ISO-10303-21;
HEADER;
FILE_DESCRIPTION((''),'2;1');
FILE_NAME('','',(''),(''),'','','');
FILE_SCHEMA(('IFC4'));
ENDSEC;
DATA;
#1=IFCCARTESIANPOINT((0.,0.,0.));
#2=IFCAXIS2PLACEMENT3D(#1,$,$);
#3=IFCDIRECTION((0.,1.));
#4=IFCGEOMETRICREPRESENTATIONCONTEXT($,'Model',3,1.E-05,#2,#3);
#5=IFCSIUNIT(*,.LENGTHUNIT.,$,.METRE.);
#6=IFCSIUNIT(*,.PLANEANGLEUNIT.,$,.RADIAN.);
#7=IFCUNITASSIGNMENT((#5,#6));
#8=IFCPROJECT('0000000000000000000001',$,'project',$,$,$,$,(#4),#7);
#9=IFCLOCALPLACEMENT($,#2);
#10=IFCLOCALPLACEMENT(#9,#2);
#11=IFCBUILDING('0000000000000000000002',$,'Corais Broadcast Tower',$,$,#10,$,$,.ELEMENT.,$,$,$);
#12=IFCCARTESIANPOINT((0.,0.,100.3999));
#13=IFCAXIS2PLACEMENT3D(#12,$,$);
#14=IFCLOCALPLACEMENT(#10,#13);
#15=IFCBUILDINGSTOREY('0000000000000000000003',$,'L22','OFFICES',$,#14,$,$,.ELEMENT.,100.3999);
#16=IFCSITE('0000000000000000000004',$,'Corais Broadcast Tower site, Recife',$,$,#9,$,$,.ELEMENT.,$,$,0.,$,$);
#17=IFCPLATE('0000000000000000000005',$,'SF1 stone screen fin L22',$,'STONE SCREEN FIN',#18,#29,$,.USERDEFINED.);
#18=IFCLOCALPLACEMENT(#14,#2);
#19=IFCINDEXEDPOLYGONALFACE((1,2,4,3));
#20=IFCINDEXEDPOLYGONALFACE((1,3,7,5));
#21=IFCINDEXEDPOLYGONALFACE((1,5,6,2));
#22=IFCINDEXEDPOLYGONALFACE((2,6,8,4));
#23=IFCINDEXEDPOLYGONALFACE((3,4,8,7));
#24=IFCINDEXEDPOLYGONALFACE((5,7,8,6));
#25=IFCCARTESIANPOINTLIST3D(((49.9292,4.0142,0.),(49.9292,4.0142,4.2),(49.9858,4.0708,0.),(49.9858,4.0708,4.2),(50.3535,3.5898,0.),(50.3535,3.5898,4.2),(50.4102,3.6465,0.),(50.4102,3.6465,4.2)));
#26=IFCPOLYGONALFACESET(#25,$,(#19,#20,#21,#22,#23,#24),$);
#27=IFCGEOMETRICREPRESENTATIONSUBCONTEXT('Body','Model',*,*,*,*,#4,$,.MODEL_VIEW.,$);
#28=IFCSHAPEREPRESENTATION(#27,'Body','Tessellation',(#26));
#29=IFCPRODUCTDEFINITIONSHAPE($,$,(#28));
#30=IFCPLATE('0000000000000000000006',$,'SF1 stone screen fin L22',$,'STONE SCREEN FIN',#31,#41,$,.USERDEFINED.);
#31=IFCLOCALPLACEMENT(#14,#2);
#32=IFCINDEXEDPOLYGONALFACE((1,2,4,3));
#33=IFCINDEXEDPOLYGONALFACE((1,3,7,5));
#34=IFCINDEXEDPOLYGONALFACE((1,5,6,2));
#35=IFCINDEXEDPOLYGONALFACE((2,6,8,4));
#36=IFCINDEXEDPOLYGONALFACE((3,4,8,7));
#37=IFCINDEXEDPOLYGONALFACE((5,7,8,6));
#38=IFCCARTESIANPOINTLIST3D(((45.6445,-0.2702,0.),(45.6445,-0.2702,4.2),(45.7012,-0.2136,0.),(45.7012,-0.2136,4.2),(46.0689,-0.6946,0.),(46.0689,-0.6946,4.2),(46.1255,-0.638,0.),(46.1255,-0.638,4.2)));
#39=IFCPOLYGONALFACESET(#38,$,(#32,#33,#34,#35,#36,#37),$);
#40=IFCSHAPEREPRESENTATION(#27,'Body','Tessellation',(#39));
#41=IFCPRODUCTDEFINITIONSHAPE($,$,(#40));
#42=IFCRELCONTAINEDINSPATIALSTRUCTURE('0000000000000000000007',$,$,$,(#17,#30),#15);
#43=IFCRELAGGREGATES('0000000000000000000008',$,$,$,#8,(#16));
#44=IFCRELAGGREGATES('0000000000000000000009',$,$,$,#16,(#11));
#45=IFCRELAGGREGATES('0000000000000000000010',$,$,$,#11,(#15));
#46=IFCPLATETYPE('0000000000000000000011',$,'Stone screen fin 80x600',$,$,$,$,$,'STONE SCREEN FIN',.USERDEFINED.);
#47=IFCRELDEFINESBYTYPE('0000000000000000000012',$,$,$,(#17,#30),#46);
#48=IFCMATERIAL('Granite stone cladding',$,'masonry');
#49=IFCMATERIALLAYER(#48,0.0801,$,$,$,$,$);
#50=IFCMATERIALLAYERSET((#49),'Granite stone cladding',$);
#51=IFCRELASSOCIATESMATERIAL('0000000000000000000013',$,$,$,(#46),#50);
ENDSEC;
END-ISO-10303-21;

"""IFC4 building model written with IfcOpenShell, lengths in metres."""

from ifc_helpers import new_model, si_unit, direction, frame, origin, origin_2d, place, context, subcontext, project, spatial, rectangle, extrude, material, layer, layer_set, type_object, element, save


model = new_model("IFC4")

# Units and contexts
model_context = context("Model", 3, precision=1e-05, world=origin(), true_north=direction((0.0, 1.0)))
body_context = subcontext(model_context, "Body", "Model", "MODEL_VIEW")
ifc_project = project(units=[si_unit("LENGTHUNIT", "METRE"), si_unit("PLANEANGLEUNIT", "RADIAN")], contexts=[model_context])

# Site, building, storey
site_placement = place(None, origin())
site = spatial("IfcSite", under=ifc_project, at=site_placement, Name="Corais Broadcast Tower site, Recife", CompositionType="ELEMENT", RefElevation=0.0)
building_placement = place(site_placement, origin())
building = spatial("IfcBuilding", under=site, at=building_placement, Name="Corais Broadcast Tower", CompositionType="ELEMENT")
storey_placement = place(building_placement, frame((0.0, 0.0, 100.3999)))
storey = spatial("IfcBuildingStorey", under=building, at=storey_placement, Name="L22", Description="OFFICES", CompositionType="ELEMENT", Elevation=100.3999)

# Plates
ifc_material_1 = material(Name="Granite stone cladding", Category="masonry")
ifc_layer_1 = layer(ifc_material_1, 0.0801)
ifc_layer_set_1 = layer_set([ifc_layer_1], Name="Granite stone cladding")
plate_type_1 = type_object("IfcPlateType", Name="Stone screen fin 80x600", ElementType="STONE SCREEN FIN", PredefinedType="USERDEFINED", material=ifc_layer_set_1)
for number, where, z_axis, x_axis, name in (
    (1, (50.1697, 3.8303, 0.0), (0.0, 0.0, 1.0), (-0.707107, -0.707107, 0.0), "SF1 stone screen fin L22"),
    (2, (45.885, -0.4541, 0.0), (0.0, 0.0, 1.0), (-0.707107, -0.707107, 0.0), "SF1 stone screen fin L22"),
):
    element("IfcPlate", number, at=place(storey_placement, frame(where, z_axis=z_axis, x_axis=x_axis)), inside=storey, type_object=plate_type_1, Name=name, ObjectType="STONE SCREEN FIN", PredefinedType="USERDEFINED", context=body_context, shape_type="SweptSolid", body=[
        extrude(rectangle(XDim=0.0801, YDim=0.6001, at=origin_2d()), origin(), (0.0, 0.0, 1.0), 4.2),
    ])

save(model, "model.ifc")
